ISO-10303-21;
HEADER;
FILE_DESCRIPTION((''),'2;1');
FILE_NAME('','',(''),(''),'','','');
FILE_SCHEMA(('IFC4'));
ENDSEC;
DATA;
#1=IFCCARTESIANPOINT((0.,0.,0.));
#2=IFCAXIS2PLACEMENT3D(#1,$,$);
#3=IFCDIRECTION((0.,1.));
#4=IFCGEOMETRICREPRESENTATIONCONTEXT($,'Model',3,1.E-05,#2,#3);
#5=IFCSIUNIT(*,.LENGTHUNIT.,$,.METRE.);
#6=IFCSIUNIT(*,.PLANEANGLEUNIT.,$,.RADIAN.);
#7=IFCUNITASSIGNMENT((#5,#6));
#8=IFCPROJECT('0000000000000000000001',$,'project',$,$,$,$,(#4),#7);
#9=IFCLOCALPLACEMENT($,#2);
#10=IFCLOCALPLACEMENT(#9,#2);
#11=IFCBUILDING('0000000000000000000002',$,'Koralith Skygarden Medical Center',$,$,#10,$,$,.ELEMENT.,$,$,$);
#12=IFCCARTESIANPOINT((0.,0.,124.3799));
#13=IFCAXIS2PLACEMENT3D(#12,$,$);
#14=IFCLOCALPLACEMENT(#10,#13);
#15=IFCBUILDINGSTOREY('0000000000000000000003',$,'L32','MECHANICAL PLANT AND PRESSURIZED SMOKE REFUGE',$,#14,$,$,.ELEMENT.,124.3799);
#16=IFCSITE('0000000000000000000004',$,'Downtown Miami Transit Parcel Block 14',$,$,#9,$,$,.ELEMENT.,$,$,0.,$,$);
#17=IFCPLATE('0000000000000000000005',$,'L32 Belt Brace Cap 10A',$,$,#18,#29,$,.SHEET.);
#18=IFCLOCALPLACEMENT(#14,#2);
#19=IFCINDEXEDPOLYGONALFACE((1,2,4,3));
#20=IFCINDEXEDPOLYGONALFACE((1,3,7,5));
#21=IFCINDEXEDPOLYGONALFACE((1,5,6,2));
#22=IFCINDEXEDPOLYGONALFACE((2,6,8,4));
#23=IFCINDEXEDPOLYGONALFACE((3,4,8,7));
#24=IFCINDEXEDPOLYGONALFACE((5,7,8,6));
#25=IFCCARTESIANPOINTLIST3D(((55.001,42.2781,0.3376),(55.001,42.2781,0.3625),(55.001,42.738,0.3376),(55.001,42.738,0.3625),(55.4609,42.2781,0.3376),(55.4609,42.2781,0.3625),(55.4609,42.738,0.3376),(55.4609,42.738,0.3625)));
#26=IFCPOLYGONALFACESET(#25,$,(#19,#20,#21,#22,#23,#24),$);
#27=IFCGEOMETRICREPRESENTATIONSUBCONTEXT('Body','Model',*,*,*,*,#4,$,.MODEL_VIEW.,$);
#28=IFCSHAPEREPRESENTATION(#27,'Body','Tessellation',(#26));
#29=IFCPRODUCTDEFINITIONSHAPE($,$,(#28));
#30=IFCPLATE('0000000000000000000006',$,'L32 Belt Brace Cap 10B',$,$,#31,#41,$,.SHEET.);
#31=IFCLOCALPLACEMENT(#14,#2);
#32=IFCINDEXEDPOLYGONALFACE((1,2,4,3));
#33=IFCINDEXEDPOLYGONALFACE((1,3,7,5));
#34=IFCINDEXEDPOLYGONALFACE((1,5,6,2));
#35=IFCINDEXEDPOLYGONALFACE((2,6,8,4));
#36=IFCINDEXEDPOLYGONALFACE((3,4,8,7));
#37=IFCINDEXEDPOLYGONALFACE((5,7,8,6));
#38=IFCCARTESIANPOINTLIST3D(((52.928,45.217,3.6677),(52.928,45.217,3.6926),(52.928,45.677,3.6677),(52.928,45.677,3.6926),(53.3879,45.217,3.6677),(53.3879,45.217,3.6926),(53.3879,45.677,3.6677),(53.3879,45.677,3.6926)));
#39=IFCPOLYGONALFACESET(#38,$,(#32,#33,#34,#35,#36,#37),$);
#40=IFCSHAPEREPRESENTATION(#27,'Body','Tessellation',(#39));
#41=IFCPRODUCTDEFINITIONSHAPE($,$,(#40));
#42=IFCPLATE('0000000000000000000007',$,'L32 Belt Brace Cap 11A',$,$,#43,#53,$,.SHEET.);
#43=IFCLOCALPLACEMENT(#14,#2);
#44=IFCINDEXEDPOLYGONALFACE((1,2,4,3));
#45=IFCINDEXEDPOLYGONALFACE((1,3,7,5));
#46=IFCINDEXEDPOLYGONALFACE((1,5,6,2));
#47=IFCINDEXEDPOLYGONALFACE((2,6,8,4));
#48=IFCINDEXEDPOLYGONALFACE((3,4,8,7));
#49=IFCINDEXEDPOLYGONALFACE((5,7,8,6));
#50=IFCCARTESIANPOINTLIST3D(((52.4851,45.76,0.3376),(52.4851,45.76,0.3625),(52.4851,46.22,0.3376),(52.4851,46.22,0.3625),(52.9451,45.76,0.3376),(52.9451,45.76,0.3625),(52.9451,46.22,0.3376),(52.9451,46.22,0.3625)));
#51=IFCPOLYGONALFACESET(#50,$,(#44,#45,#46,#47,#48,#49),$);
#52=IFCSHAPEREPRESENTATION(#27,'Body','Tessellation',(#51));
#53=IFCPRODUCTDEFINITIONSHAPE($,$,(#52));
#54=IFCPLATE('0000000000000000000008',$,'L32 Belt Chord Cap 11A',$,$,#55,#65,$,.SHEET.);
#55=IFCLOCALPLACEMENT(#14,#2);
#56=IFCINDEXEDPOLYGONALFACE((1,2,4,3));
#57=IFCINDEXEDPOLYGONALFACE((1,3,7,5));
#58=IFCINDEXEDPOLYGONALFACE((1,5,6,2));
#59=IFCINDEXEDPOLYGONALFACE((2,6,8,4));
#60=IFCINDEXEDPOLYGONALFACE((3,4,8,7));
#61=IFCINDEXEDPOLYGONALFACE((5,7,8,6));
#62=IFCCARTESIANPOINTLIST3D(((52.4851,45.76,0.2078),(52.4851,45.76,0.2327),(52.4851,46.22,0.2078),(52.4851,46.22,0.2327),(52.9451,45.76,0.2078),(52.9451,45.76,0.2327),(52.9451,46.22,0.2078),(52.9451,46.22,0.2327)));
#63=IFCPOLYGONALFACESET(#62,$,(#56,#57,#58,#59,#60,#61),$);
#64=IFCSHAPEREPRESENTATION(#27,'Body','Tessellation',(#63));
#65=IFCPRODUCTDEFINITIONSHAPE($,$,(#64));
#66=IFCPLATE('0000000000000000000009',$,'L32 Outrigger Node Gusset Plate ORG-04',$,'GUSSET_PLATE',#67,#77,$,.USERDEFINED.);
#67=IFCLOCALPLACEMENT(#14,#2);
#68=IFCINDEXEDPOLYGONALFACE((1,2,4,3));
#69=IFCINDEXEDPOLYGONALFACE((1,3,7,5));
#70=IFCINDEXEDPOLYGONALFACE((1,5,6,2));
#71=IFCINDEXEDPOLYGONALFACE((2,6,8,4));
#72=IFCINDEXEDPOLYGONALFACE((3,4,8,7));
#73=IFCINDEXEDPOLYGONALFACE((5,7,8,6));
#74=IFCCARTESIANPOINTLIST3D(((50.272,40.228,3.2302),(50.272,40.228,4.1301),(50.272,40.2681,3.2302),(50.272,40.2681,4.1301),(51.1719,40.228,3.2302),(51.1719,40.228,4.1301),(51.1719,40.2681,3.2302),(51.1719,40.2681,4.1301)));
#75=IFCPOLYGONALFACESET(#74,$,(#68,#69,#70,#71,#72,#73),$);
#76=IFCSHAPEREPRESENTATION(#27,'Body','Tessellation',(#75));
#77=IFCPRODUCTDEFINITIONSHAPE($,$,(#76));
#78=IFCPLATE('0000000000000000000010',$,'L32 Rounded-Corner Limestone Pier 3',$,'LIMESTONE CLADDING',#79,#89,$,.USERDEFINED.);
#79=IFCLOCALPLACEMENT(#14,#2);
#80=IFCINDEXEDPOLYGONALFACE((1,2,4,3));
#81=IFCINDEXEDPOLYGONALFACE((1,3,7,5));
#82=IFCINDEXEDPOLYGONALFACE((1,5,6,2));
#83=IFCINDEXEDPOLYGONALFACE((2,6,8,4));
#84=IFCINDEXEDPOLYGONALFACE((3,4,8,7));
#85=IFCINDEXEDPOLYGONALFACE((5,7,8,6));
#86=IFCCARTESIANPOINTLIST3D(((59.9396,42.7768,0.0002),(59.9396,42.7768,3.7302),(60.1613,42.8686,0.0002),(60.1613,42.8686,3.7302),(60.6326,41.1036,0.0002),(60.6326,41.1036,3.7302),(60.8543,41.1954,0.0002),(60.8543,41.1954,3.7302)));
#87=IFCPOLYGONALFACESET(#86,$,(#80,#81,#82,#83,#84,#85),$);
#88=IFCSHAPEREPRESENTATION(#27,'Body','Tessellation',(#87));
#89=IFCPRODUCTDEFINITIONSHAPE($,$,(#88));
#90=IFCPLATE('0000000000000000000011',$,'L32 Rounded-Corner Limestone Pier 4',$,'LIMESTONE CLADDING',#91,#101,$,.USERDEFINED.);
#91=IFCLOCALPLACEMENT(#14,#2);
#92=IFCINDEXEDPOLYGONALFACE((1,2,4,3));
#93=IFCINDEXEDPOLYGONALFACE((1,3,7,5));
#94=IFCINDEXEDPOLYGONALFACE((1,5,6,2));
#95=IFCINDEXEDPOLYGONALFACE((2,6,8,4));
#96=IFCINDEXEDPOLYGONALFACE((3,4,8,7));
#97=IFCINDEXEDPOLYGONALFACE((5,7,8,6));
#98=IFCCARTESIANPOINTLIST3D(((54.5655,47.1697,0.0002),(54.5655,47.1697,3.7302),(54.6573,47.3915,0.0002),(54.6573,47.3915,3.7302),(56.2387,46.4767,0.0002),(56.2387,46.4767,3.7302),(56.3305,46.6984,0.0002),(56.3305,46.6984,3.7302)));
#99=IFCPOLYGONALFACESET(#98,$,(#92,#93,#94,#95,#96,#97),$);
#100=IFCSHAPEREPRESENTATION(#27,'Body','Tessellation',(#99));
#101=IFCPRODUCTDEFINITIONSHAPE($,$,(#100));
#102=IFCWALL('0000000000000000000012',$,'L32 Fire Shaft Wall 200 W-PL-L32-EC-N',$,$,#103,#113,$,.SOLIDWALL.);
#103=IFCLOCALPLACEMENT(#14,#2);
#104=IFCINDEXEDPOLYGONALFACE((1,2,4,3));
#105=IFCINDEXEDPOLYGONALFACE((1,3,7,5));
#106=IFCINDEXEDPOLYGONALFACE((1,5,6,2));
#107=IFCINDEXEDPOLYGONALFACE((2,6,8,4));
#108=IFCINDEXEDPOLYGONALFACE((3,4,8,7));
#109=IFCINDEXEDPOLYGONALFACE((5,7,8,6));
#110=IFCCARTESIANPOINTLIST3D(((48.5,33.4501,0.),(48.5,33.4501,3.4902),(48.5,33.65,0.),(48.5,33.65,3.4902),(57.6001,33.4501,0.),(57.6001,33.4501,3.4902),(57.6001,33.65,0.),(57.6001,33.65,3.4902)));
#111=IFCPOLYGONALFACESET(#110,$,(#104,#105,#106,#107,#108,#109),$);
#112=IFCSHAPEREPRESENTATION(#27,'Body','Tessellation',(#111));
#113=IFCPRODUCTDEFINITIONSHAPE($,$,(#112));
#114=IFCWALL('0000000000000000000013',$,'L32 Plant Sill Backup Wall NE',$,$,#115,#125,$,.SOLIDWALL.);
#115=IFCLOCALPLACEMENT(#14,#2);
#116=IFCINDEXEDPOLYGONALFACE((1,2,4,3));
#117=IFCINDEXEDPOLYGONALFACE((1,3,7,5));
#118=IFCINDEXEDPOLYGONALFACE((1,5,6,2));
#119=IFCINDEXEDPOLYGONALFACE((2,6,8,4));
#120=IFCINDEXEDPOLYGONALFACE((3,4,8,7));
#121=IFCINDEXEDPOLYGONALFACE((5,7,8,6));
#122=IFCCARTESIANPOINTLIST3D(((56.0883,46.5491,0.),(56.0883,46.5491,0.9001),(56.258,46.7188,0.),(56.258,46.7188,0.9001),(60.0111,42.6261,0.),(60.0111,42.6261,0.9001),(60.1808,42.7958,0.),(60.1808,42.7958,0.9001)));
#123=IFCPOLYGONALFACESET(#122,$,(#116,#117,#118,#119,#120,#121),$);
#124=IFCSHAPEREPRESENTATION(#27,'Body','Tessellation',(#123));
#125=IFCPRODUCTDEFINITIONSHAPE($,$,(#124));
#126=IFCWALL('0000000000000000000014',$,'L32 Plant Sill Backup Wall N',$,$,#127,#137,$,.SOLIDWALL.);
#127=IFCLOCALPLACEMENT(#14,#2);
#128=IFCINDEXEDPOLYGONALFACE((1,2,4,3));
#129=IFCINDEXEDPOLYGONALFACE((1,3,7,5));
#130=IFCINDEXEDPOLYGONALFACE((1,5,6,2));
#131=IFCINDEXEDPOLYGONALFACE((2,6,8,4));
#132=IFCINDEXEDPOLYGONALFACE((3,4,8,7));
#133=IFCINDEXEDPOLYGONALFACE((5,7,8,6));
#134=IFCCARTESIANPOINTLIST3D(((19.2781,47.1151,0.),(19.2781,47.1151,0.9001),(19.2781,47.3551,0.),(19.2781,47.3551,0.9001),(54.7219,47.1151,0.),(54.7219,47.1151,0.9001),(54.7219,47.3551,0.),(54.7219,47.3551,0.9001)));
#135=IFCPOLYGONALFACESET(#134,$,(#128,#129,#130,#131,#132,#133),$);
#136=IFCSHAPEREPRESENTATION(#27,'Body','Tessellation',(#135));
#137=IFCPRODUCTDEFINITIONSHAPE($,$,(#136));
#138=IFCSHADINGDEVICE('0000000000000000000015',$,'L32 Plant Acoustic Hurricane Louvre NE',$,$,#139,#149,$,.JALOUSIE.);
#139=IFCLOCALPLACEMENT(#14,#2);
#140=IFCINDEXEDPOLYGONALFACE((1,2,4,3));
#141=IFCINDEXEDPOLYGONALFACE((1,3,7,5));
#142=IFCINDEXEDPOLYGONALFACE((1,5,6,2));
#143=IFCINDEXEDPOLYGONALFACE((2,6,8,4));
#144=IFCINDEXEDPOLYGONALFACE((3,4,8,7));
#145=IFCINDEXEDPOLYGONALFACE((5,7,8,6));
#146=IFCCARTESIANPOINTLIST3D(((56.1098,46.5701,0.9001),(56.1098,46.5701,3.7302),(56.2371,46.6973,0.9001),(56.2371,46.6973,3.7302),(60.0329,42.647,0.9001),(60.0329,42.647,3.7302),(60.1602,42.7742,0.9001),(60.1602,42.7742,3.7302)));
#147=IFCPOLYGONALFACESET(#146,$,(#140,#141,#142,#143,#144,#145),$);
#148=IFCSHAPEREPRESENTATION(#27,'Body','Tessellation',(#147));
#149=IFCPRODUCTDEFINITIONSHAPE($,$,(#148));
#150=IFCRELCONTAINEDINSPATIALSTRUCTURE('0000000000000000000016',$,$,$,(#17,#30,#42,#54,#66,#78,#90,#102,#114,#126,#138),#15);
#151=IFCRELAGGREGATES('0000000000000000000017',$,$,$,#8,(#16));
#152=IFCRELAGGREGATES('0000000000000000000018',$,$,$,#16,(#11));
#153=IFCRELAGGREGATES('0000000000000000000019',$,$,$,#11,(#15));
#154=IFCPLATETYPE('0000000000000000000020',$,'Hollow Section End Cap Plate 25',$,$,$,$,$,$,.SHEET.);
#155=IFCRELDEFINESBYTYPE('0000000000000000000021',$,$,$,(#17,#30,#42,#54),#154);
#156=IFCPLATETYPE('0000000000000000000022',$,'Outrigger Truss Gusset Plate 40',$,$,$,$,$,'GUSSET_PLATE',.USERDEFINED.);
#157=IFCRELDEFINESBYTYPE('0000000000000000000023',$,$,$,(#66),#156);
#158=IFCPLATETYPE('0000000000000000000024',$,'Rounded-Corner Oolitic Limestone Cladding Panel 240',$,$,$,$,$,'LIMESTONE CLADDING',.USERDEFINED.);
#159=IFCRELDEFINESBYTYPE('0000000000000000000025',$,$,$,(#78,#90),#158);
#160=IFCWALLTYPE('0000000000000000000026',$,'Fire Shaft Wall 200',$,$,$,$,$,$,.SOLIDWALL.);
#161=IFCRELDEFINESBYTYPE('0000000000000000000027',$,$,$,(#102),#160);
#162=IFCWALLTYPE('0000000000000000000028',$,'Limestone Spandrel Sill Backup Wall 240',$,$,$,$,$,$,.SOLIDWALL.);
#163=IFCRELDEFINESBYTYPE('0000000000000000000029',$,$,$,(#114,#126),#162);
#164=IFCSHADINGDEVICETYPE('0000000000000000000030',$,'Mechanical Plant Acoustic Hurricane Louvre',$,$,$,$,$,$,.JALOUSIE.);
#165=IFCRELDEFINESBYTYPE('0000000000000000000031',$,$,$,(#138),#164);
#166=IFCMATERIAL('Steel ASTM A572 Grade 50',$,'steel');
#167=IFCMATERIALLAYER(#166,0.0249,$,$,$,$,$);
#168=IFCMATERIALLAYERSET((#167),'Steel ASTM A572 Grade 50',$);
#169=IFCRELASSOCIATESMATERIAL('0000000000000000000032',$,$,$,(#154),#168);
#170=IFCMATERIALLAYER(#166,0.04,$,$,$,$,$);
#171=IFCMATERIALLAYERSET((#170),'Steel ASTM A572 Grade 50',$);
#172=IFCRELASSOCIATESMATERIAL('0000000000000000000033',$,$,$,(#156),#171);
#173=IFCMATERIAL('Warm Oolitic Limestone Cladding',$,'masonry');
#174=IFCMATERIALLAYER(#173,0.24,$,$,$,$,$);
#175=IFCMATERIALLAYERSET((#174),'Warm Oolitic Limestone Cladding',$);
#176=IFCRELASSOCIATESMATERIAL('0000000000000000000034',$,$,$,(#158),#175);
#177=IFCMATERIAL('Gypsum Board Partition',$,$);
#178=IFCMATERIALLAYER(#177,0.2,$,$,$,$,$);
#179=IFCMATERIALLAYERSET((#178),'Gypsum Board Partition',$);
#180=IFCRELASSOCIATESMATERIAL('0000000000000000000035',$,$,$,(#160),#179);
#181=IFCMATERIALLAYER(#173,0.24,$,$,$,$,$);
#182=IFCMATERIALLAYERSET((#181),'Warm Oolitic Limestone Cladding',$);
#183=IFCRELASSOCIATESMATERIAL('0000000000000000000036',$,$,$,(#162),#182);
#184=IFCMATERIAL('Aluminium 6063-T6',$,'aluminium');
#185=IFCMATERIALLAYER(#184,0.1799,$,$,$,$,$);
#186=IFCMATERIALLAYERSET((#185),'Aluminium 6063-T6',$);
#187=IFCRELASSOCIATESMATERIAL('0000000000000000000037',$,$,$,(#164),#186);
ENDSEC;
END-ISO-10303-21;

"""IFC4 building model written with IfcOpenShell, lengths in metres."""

from ifc_helpers import new_model, si_unit, direction, frame, frame_2d, origin, origin_2d, place, context, subcontext, project, spatial, rectangle, extrude, material, layer, layer_set, type_object, element, save


model = new_model("IFC4")

# Units and contexts
model_context = context("Model", 3, precision=1e-05, world=origin(), true_north=direction((0.0, 1.0)))
body_context = subcontext(model_context, "Body", "Model", "MODEL_VIEW")
ifc_project = project(units=[si_unit("LENGTHUNIT", "METRE"), si_unit("PLANEANGLEUNIT", "RADIAN")], contexts=[model_context])

# Site, building, storey
site_placement = place(None, origin())
site = spatial("IfcSite", under=ifc_project, at=site_placement, Name="Downtown Miami Transit Parcel Block 14", CompositionType="ELEMENT", RefElevation=0.0)
building_placement = place(site_placement, origin())
building = spatial("IfcBuilding", under=site, at=building_placement, Name="Koralith Skygarden Medical Center", CompositionType="ELEMENT")
storey_placement = place(building_placement, frame((0.0, 0.0, 124.3799)))
storey = spatial("IfcBuildingStorey", under=building, at=storey_placement, Name="L32", Description="MECHANICAL PLANT AND PRESSURIZED SMOKE REFUGE", CompositionType="ELEMENT", Elevation=124.3799)

# Plates
ifc_material_1 = material(Name="Steel ASTM A572 Grade 50", Category="steel")
ifc_layer_1 = layer(ifc_material_1, 0.0249)
ifc_layer_set_1 = layer_set([ifc_layer_1], Name="Steel ASTM A572 Grade 50")
plate_type_1 = type_object("IfcPlateType", Name="Hollow Section End Cap Plate 25", PredefinedType="SHEET", material=ifc_layer_set_1)
for number, where, z_axis, x_axis, name in (
    (1, (55.231, 42.5081, 0.3376), (0.0, 0.0, 1.0), (1.0, 0.0, 0.0), "L32 Belt Brace Cap 10A"),
    (2, (53.158, 45.447, 3.6677), (0.0, 0.0, 1.0), (1.0, 0.0, 0.0), "L32 Belt Brace Cap 10B"),
    (3, (52.7151, 45.99, 0.3376), (0.0, 0.0, 1.0), (1.0, 0.0, 0.0), "L32 Belt Brace Cap 11A"),
    (4, (52.7151, 45.99, 0.2078), (0.0, 0.0, 1.0), (1.0, 0.0, 0.0), "L32 Belt Chord Cap 11A"),
):
    element("IfcPlate", number, at=place(storey_placement, frame(where, z_axis=z_axis, x_axis=x_axis)), inside=storey, type_object=plate_type_1, Name=name, PredefinedType="SHEET", context=body_context, shape_type="SweptSolid", body=[
        extrude(rectangle(XDim=0.46, YDim=0.46, at=origin_2d()), origin(), (0.0, 0.0, 1.0), 0.0249),
    ])
ifc_layer_2 = layer(ifc_material_1, 0.04)
ifc_layer_set_2 = layer_set([ifc_layer_2], Name="Steel ASTM A572 Grade 50")
plate_type_2 = type_object("IfcPlateType", Name="Outrigger Truss Gusset Plate 40", ElementType="GUSSET_PLATE", PredefinedType="USERDEFINED", material=ifc_layer_set_2)
plate_placement = place(storey_placement, frame((50.7219, 40.248, 3.2302), z_axis=(0.0, 0.0, 1.0), x_axis=(1.0, 0.0, 0.0)))
element("IfcPlate", 5, at=plate_placement, inside=storey, type_object=plate_type_2, Name="L32 Outrigger Node Gusset Plate ORG-04", ObjectType="GUSSET_PLATE", PredefinedType="USERDEFINED", context=body_context, shape_type="SweptSolid", body=[
    extrude(rectangle(XDim=0.8999, YDim=0.04, at=origin_2d()), origin(), (0.0, 0.0, 1.0), 0.8999),
])
ifc_material_2 = material(Name="Warm Oolitic Limestone Cladding", Category="masonry")
ifc_layer_3 = layer(ifc_material_2, 0.24)
ifc_layer_set_3 = layer_set([ifc_layer_3], Name="Warm Oolitic Limestone Cladding")
plate_type_3 = type_object("IfcPlateType", Name="Rounded-Corner Oolitic Limestone Cladding Panel 240", ElementType="LIMESTONE CLADDING", PredefinedType="USERDEFINED", material=ifc_layer_set_3)
for number, where, z_axis, x_axis, name in (
    (6, (60.397, 41.9861, 0.0002), (0.0, 0.0, 1.0), (-0.382671, 0.923885, 0.0), "L32 Rounded-Corner Limestone Pier 3"),
    (7, (55.448, 46.9341, 0.0002), (0.0, 0.0, 1.0), (-0.923885, 0.382671, 0.0), "L32 Rounded-Corner Limestone Pier 4"),
):
    element("IfcPlate", number, at=place(storey_placement, frame(where, z_axis=z_axis, x_axis=x_axis)), inside=storey, type_object=plate_type_3, Name=name, ObjectType="LIMESTONE CLADDING", PredefinedType="USERDEFINED", context=body_context, shape_type="SweptSolid", body=[
        extrude(rectangle(XDim=1.811, YDim=0.24, at=origin_2d()), origin(), (0.0, 0.0, 1.0), 3.73),
    ])

# Walls
ifc_material_3 = material(Name="Gypsum Board Partition")
ifc_layer_4 = layer(ifc_material_3, 0.2)
ifc_layer_set_4 = layer_set([ifc_layer_4], Name="Gypsum Board Partition")
wall_type_1 = type_object("IfcWallType", Name="Fire Shaft Wall 200", PredefinedType="SOLIDWALL", material=ifc_layer_set_4)
wall_1_placement = place(storey_placement, frame((48.5, 33.55, 0.0), z_axis=(0.0, 0.0, 1.0), x_axis=(1.0, 0.0, 0.0)))
element("IfcWall", 8, at=wall_1_placement, inside=storey, type_object=wall_type_1, Name="L32 Fire Shaft Wall 200 W-PL-L32-EC-N", PredefinedType="SOLIDWALL", context=body_context, shape_type="SweptSolid", body=[
    extrude(rectangle(XDim=9.1001, YDim=0.2, at=frame_2d((4.55, 0.0))), origin(), (0.0, 0.0, 1.0), 3.4902),
])
ifc_layer_5 = layer(ifc_material_2, 0.24)
ifc_layer_set_5 = layer_set([ifc_layer_5], Name="Warm Oolitic Limestone Cladding")
wall_type_2 = type_object("IfcWallType", Name="Limestone Spandrel Sill Backup Wall 240", PredefinedType="SOLIDWALL", material=ifc_layer_set_5)
wall_2_placement = place(storey_placement, frame((60.0959, 42.7109, 0.0), z_axis=(0.0, 0.0, 1.0), x_axis=(-0.707085, 0.707129, 0.0)))
element("IfcWall", 9, at=wall_2_placement, inside=storey, type_object=wall_type_2, Name="L32 Plant Sill Backup Wall NE", PredefinedType="SOLIDWALL", context=body_context, shape_type="SweptSolid", body=[
    extrude(rectangle(XDim=5.5479, YDim=0.24, at=frame_2d((2.7739, 0.0))), origin(), (0.0, 0.0, 1.0), 0.9001),
])
wall_3_placement = place(storey_placement, frame((54.7219, 47.2351, 0.0), z_axis=(0.0, 0.0, 1.0), x_axis=(-1.0, 0.0, 0.0)))
element("IfcWall", 10, at=wall_3_placement, inside=storey, type_object=wall_type_2, Name="L32 Plant Sill Backup Wall N", PredefinedType="SOLIDWALL", context=body_context, shape_type="SweptSolid", body=[
    extrude(rectangle(XDim=35.4438, YDim=0.24, at=frame_2d((17.7219, 0.0))), origin(), (0.0, 0.0, 1.0), 0.9001),
])

# Shading device
ifc_material_4 = material(Name="Aluminium 6063-T6", Category="aluminium")
ifc_layer_6 = layer(ifc_material_4, 0.1799)
ifc_layer_set_6 = layer_set([ifc_layer_6], Name="Aluminium 6063-T6")
shading_device_type = type_object("IfcShadingDeviceType", Name="Mechanical Plant Acoustic Hurricane Louvre", PredefinedType="JALOUSIE", material=ifc_layer_set_6)
shading_device_placement = place(storey_placement, frame((58.135, 44.6721, 0.9001), z_axis=(0.0, 0.0, 1.0), x_axis=(-0.707107, 0.707107, 0.0)))
element("IfcShadingDevice", 11, at=shading_device_placement, inside=storey, type_object=shading_device_type, Name="L32 Plant Acoustic Hurricane Louvre NE", PredefinedType="JALOUSIE", context=body_context, shape_type="SweptSolid", body=[
    extrude(rectangle(XDim=5.5481, YDim=0.1799, at=origin_2d()), origin(), (0.0, 0.0, 1.0), 2.8301),
])

save(model, "model.ifc")
